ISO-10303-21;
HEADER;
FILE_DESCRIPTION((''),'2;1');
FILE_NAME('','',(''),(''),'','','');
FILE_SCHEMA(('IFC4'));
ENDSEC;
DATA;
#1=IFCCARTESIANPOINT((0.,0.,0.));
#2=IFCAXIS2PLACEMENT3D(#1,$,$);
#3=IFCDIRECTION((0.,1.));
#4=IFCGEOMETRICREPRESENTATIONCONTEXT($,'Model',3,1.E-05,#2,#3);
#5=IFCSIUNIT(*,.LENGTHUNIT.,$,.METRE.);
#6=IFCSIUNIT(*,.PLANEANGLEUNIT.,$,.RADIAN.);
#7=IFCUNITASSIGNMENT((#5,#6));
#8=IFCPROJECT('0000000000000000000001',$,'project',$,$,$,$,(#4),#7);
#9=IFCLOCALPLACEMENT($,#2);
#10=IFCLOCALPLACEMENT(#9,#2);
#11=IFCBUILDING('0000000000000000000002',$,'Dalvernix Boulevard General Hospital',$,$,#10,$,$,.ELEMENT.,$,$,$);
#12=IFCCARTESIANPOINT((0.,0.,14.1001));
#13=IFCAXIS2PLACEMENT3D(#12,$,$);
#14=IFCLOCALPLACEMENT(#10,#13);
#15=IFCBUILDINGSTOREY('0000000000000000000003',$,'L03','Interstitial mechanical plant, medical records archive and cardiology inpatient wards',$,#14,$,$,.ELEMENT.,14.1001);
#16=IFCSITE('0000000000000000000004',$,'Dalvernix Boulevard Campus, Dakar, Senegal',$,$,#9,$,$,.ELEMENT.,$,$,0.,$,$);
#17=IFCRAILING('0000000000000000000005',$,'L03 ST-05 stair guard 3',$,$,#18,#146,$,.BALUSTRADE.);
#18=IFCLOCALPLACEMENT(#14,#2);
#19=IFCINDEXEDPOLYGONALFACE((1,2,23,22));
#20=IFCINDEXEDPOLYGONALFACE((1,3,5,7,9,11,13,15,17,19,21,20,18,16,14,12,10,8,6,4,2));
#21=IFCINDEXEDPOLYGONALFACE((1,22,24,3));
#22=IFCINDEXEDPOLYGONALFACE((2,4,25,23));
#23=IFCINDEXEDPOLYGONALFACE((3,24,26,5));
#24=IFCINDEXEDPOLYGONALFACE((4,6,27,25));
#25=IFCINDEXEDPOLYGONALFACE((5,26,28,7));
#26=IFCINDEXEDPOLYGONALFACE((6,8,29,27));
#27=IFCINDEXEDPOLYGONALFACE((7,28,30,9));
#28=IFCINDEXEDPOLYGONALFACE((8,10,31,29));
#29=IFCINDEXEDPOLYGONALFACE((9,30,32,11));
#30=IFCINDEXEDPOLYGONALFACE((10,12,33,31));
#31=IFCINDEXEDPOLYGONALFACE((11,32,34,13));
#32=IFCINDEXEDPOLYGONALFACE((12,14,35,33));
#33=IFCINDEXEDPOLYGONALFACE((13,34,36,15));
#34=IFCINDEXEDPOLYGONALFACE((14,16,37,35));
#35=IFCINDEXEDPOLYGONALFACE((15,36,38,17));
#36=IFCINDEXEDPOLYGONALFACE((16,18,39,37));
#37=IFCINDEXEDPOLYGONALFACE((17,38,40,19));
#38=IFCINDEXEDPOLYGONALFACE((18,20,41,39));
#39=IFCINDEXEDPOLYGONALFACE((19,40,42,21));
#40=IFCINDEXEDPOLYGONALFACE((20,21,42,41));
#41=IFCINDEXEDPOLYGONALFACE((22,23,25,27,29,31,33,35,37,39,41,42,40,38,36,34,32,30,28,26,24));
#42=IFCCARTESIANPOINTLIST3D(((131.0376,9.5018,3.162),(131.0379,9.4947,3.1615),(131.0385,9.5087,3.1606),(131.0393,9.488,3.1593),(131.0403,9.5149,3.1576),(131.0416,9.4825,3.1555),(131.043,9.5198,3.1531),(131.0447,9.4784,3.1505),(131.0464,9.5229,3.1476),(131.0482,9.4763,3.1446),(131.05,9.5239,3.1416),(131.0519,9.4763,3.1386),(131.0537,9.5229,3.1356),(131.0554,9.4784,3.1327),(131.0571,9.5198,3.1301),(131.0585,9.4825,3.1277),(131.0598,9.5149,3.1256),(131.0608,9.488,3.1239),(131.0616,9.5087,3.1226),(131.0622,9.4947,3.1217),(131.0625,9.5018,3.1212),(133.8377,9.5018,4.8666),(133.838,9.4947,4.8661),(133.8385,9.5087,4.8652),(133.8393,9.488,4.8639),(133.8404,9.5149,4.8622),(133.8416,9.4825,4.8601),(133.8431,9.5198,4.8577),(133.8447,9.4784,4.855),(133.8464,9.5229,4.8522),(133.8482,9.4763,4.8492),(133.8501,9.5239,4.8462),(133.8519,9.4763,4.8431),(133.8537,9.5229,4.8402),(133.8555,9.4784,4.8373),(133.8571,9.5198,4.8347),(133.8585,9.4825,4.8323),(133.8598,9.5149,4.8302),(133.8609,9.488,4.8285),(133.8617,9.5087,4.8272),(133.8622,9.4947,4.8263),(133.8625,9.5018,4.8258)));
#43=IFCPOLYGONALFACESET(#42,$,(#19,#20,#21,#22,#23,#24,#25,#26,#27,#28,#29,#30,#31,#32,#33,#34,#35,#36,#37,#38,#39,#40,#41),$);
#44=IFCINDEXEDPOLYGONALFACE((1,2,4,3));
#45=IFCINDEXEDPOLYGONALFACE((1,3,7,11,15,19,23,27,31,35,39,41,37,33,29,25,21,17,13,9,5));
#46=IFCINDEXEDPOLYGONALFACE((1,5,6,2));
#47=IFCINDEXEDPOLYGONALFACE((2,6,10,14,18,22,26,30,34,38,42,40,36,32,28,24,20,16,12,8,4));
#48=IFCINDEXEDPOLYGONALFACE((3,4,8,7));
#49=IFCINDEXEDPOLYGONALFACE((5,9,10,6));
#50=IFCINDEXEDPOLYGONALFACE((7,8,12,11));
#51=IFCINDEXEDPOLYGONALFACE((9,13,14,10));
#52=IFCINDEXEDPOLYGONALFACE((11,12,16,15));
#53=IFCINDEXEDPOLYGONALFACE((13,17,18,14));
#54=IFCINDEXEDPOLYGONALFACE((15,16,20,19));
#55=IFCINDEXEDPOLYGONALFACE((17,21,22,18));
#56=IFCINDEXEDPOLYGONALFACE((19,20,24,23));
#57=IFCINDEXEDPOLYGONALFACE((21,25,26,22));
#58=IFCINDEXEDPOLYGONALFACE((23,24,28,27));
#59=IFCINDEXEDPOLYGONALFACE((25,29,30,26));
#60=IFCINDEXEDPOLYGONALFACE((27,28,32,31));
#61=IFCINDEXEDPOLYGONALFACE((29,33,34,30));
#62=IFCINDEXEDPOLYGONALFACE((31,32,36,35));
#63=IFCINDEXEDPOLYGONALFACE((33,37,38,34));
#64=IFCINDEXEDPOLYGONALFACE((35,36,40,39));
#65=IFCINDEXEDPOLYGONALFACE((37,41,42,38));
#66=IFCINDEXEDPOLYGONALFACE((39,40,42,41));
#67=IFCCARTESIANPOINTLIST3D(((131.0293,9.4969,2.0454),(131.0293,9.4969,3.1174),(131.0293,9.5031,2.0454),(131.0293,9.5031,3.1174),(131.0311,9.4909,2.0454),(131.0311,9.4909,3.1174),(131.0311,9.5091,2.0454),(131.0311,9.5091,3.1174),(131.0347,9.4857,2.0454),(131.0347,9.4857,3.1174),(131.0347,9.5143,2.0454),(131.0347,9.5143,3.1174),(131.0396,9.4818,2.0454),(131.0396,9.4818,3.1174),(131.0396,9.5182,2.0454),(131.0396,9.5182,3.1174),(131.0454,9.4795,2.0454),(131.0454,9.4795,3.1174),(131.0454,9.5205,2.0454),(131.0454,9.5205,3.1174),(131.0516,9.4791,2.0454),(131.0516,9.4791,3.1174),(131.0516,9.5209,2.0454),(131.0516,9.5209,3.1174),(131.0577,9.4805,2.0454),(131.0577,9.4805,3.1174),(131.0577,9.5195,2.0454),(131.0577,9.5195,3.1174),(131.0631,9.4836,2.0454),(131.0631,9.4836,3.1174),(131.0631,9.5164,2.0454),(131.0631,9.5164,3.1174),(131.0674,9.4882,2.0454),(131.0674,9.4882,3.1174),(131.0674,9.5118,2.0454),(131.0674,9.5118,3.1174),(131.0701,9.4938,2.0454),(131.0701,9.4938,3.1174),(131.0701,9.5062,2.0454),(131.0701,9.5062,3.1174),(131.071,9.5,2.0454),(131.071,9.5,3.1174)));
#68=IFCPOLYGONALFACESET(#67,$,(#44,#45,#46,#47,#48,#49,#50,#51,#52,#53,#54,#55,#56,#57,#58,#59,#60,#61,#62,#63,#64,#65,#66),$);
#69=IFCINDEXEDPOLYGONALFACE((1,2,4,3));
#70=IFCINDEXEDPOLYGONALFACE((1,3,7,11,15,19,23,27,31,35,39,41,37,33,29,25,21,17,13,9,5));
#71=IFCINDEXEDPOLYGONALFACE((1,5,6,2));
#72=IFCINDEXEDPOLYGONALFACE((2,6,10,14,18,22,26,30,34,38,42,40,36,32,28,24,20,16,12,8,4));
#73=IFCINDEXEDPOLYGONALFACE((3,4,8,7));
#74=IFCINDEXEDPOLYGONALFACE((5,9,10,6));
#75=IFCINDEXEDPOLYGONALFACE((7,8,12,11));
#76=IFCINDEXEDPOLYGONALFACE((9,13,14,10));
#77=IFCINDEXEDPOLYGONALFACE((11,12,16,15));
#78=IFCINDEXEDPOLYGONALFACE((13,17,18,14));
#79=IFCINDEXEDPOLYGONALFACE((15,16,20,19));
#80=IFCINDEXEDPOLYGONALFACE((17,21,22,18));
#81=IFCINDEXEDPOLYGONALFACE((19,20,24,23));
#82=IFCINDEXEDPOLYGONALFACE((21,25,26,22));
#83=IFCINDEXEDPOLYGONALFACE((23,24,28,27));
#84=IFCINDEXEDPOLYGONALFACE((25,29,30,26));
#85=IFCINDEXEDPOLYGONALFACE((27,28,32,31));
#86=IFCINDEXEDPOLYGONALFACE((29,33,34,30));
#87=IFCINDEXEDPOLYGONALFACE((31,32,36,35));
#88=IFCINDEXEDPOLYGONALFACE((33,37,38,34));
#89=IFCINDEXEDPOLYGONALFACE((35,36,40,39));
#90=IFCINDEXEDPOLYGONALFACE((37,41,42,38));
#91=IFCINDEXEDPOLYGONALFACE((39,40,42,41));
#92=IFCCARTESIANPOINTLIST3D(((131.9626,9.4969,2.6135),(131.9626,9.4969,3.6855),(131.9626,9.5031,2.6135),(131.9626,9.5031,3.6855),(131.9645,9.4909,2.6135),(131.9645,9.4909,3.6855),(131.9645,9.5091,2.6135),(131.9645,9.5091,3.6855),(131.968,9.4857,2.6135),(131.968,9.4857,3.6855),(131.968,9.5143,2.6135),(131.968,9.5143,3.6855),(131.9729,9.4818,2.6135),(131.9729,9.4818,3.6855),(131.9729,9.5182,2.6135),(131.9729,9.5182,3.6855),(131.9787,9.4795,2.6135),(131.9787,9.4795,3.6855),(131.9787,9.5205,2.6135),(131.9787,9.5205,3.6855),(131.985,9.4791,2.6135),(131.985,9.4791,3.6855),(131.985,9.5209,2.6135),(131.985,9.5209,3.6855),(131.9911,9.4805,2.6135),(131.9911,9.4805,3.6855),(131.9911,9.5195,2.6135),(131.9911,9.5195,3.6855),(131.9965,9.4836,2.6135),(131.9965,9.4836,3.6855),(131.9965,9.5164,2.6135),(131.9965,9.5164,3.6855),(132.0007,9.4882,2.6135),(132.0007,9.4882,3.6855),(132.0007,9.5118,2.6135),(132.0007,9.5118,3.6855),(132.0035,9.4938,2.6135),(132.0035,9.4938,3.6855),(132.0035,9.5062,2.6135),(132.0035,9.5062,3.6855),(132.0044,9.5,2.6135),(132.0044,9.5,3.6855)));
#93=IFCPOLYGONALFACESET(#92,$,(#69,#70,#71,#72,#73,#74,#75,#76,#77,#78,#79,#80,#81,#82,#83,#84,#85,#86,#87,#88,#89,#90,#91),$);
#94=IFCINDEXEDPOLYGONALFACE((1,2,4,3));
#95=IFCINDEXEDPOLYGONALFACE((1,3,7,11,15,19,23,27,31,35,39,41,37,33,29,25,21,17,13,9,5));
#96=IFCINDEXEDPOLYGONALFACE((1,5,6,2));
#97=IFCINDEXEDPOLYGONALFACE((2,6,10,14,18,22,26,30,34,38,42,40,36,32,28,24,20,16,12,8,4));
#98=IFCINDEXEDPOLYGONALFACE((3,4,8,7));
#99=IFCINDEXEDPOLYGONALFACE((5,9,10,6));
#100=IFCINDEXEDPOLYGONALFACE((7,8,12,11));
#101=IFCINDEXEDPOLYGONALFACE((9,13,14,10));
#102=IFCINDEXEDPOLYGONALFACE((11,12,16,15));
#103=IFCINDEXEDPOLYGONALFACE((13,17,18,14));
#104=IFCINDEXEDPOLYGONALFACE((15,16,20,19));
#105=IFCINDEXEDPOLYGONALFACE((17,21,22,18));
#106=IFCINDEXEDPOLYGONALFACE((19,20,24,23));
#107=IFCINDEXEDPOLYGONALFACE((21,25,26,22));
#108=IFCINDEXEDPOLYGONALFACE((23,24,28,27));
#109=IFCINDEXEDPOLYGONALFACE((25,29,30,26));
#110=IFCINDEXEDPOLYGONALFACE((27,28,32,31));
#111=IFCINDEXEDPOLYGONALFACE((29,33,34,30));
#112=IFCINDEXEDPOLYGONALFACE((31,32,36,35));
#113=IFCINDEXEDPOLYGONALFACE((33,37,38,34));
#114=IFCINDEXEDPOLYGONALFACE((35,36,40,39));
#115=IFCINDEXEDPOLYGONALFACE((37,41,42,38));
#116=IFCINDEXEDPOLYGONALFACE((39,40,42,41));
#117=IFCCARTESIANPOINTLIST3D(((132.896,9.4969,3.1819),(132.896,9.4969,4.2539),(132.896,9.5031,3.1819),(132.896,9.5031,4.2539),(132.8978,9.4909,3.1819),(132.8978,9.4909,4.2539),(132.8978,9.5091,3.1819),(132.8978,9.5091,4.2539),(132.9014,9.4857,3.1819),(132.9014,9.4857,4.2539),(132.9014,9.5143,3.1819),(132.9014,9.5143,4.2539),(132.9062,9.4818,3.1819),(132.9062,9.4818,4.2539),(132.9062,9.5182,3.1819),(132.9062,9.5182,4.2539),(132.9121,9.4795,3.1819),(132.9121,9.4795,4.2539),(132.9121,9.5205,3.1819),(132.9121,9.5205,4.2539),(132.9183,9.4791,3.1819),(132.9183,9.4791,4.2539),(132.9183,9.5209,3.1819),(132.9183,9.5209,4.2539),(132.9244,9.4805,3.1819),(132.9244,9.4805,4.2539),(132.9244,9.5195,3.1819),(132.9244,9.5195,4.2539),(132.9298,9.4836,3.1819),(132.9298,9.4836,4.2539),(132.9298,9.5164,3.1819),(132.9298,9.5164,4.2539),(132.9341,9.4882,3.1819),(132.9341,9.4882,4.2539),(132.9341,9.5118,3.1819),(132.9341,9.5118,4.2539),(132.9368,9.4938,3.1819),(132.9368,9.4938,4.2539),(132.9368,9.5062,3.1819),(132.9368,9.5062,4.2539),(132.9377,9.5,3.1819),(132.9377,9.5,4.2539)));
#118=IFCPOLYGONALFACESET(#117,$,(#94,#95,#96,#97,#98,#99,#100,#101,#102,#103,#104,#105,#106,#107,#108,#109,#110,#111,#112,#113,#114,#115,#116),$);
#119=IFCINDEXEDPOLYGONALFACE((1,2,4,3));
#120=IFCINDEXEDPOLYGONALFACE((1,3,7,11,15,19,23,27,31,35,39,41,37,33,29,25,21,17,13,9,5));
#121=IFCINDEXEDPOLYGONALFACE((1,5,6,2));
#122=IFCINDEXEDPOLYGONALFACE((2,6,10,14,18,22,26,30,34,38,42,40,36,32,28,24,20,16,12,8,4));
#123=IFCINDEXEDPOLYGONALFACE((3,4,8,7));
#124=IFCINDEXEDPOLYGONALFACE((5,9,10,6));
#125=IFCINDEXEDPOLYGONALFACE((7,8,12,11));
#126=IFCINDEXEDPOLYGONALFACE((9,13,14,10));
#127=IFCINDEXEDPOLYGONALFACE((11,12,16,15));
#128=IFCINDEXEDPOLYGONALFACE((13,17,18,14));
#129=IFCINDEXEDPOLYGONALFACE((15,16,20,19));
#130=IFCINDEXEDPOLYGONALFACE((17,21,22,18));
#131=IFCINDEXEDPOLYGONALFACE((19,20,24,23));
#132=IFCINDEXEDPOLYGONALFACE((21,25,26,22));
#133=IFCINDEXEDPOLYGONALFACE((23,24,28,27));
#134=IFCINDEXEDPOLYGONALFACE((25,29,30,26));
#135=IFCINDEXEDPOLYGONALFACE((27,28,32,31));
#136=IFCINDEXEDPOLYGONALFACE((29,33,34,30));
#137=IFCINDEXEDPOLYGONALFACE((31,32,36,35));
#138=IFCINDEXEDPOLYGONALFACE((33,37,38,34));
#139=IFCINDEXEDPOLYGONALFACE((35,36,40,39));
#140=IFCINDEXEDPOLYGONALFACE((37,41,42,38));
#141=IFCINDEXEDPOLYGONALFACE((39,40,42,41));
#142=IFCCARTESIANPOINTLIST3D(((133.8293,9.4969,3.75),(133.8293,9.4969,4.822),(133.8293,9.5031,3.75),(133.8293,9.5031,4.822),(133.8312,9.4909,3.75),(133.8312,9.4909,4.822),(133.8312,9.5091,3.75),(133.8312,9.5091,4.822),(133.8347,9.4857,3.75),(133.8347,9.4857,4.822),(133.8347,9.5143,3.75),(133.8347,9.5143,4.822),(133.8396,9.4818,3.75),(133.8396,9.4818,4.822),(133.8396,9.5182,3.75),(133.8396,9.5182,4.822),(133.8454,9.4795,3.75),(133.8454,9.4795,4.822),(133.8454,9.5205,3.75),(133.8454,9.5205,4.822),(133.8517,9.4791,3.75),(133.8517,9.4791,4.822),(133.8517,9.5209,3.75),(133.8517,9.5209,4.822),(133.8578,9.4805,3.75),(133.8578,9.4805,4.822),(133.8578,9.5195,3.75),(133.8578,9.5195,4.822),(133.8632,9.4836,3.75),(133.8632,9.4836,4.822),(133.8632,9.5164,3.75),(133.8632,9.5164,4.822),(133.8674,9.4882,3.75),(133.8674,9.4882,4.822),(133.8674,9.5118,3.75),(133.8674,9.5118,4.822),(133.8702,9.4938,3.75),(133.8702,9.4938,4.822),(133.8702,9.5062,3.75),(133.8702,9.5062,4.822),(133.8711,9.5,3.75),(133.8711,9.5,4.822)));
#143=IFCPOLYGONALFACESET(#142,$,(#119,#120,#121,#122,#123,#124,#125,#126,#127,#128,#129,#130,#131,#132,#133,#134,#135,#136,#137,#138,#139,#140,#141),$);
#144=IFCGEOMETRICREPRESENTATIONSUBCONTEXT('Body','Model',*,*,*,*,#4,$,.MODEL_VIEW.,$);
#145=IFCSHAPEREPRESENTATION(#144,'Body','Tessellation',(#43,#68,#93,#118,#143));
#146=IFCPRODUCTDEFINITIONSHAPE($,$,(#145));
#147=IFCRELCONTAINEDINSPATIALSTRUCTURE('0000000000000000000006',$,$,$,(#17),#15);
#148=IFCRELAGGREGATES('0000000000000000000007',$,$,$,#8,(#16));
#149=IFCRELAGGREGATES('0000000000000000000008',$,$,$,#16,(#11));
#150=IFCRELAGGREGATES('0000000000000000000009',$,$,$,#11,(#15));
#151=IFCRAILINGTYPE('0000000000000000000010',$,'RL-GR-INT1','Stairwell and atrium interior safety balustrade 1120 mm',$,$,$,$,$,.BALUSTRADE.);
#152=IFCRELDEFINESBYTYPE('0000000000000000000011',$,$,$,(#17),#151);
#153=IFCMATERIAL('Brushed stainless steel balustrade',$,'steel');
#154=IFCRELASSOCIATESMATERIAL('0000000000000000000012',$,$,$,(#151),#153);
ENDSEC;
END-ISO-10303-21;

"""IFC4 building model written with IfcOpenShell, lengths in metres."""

from ifc_helpers import new_model, si_unit, direction, frame, origin, origin_2d, place, context, subcontext, project, spatial, circle, extrude, material, type_object, element, save


model = new_model("IFC4")

# Units and contexts
model_context = context("Model", 3, precision=1e-05, world=origin(), true_north=direction((0.0, 1.0)))
body_context = subcontext(model_context, "Body", "Model", "MODEL_VIEW")
ifc_project = project(units=[si_unit("LENGTHUNIT", "METRE"), si_unit("PLANEANGLEUNIT", "RADIAN")], contexts=[model_context])

# Site, building, storey
site_placement = place(None, origin())
site = spatial("IfcSite", under=ifc_project, at=site_placement, Name="Dalvernix Boulevard Campus, Dakar, Senegal", CompositionType="ELEMENT", RefElevation=0.0)
building_placement = place(site_placement, origin())
building = spatial("IfcBuilding", under=site, at=building_placement, Name="Dalvernix Boulevard General Hospital", CompositionType="ELEMENT")
storey_placement = place(building_placement, frame((0.0, 0.0, 14.1001)))
storey = spatial("IfcBuildingStorey", under=building, at=storey_placement, Name="L03", Description="Interstitial mechanical plant, medical records archive and cardiology inpatient wards", CompositionType="ELEMENT", Elevation=14.1001)

# Railing
ifc_material_1 = material(Name="Brushed stainless steel balustrade", Category="steel")
railing_type_1 = type_object("IfcRailingType", Name="RL-GR-INT1", Description="Stairwell and atrium interior safety balustrade 1120 mm", PredefinedType="BALUSTRADE", material=ifc_material_1)
railing_1_placement = place(storey_placement, frame((131.05, 9.5, 2.0454)))
element("IfcRailing", 1, at=railing_1_placement, inside=storey, type_object=railing_type_1, Name="L03 ST-05 stair guard 3", PredefinedType="BALUSTRADE", context=body_context, shape_type="SweptSolid", body=[
    extrude(circle(Radius=0.0239, at=origin_2d()), frame((0.0, 0.0, 1.0962), z_axis=(0.85417, 0.0, 0.519994), x_axis=(0.0, 1.0, 0.0)), (0.0, 0.0, 1.0), 3.2781),
    extrude(circle(Radius=0.021, at=origin_2d()), origin(), (0.0, 0.0, 1.0), 1.072),
    extrude(circle(Radius=0.021, at=origin_2d()), frame((0.9333, 0.0, 0.5681)), (0.0, 0.0, 1.0), 1.072),
    extrude(circle(Radius=0.021, at=origin_2d()), frame((1.8667, 0.0, 1.1365)), (0.0, 0.0, 1.0), 1.072),
    extrude(circle(Radius=0.021, at=origin_2d()), frame((2.8, 0.0, 1.7046)), (0.0, 0.0, 1.0), 1.072),
])

save(model, "model.ifc")
